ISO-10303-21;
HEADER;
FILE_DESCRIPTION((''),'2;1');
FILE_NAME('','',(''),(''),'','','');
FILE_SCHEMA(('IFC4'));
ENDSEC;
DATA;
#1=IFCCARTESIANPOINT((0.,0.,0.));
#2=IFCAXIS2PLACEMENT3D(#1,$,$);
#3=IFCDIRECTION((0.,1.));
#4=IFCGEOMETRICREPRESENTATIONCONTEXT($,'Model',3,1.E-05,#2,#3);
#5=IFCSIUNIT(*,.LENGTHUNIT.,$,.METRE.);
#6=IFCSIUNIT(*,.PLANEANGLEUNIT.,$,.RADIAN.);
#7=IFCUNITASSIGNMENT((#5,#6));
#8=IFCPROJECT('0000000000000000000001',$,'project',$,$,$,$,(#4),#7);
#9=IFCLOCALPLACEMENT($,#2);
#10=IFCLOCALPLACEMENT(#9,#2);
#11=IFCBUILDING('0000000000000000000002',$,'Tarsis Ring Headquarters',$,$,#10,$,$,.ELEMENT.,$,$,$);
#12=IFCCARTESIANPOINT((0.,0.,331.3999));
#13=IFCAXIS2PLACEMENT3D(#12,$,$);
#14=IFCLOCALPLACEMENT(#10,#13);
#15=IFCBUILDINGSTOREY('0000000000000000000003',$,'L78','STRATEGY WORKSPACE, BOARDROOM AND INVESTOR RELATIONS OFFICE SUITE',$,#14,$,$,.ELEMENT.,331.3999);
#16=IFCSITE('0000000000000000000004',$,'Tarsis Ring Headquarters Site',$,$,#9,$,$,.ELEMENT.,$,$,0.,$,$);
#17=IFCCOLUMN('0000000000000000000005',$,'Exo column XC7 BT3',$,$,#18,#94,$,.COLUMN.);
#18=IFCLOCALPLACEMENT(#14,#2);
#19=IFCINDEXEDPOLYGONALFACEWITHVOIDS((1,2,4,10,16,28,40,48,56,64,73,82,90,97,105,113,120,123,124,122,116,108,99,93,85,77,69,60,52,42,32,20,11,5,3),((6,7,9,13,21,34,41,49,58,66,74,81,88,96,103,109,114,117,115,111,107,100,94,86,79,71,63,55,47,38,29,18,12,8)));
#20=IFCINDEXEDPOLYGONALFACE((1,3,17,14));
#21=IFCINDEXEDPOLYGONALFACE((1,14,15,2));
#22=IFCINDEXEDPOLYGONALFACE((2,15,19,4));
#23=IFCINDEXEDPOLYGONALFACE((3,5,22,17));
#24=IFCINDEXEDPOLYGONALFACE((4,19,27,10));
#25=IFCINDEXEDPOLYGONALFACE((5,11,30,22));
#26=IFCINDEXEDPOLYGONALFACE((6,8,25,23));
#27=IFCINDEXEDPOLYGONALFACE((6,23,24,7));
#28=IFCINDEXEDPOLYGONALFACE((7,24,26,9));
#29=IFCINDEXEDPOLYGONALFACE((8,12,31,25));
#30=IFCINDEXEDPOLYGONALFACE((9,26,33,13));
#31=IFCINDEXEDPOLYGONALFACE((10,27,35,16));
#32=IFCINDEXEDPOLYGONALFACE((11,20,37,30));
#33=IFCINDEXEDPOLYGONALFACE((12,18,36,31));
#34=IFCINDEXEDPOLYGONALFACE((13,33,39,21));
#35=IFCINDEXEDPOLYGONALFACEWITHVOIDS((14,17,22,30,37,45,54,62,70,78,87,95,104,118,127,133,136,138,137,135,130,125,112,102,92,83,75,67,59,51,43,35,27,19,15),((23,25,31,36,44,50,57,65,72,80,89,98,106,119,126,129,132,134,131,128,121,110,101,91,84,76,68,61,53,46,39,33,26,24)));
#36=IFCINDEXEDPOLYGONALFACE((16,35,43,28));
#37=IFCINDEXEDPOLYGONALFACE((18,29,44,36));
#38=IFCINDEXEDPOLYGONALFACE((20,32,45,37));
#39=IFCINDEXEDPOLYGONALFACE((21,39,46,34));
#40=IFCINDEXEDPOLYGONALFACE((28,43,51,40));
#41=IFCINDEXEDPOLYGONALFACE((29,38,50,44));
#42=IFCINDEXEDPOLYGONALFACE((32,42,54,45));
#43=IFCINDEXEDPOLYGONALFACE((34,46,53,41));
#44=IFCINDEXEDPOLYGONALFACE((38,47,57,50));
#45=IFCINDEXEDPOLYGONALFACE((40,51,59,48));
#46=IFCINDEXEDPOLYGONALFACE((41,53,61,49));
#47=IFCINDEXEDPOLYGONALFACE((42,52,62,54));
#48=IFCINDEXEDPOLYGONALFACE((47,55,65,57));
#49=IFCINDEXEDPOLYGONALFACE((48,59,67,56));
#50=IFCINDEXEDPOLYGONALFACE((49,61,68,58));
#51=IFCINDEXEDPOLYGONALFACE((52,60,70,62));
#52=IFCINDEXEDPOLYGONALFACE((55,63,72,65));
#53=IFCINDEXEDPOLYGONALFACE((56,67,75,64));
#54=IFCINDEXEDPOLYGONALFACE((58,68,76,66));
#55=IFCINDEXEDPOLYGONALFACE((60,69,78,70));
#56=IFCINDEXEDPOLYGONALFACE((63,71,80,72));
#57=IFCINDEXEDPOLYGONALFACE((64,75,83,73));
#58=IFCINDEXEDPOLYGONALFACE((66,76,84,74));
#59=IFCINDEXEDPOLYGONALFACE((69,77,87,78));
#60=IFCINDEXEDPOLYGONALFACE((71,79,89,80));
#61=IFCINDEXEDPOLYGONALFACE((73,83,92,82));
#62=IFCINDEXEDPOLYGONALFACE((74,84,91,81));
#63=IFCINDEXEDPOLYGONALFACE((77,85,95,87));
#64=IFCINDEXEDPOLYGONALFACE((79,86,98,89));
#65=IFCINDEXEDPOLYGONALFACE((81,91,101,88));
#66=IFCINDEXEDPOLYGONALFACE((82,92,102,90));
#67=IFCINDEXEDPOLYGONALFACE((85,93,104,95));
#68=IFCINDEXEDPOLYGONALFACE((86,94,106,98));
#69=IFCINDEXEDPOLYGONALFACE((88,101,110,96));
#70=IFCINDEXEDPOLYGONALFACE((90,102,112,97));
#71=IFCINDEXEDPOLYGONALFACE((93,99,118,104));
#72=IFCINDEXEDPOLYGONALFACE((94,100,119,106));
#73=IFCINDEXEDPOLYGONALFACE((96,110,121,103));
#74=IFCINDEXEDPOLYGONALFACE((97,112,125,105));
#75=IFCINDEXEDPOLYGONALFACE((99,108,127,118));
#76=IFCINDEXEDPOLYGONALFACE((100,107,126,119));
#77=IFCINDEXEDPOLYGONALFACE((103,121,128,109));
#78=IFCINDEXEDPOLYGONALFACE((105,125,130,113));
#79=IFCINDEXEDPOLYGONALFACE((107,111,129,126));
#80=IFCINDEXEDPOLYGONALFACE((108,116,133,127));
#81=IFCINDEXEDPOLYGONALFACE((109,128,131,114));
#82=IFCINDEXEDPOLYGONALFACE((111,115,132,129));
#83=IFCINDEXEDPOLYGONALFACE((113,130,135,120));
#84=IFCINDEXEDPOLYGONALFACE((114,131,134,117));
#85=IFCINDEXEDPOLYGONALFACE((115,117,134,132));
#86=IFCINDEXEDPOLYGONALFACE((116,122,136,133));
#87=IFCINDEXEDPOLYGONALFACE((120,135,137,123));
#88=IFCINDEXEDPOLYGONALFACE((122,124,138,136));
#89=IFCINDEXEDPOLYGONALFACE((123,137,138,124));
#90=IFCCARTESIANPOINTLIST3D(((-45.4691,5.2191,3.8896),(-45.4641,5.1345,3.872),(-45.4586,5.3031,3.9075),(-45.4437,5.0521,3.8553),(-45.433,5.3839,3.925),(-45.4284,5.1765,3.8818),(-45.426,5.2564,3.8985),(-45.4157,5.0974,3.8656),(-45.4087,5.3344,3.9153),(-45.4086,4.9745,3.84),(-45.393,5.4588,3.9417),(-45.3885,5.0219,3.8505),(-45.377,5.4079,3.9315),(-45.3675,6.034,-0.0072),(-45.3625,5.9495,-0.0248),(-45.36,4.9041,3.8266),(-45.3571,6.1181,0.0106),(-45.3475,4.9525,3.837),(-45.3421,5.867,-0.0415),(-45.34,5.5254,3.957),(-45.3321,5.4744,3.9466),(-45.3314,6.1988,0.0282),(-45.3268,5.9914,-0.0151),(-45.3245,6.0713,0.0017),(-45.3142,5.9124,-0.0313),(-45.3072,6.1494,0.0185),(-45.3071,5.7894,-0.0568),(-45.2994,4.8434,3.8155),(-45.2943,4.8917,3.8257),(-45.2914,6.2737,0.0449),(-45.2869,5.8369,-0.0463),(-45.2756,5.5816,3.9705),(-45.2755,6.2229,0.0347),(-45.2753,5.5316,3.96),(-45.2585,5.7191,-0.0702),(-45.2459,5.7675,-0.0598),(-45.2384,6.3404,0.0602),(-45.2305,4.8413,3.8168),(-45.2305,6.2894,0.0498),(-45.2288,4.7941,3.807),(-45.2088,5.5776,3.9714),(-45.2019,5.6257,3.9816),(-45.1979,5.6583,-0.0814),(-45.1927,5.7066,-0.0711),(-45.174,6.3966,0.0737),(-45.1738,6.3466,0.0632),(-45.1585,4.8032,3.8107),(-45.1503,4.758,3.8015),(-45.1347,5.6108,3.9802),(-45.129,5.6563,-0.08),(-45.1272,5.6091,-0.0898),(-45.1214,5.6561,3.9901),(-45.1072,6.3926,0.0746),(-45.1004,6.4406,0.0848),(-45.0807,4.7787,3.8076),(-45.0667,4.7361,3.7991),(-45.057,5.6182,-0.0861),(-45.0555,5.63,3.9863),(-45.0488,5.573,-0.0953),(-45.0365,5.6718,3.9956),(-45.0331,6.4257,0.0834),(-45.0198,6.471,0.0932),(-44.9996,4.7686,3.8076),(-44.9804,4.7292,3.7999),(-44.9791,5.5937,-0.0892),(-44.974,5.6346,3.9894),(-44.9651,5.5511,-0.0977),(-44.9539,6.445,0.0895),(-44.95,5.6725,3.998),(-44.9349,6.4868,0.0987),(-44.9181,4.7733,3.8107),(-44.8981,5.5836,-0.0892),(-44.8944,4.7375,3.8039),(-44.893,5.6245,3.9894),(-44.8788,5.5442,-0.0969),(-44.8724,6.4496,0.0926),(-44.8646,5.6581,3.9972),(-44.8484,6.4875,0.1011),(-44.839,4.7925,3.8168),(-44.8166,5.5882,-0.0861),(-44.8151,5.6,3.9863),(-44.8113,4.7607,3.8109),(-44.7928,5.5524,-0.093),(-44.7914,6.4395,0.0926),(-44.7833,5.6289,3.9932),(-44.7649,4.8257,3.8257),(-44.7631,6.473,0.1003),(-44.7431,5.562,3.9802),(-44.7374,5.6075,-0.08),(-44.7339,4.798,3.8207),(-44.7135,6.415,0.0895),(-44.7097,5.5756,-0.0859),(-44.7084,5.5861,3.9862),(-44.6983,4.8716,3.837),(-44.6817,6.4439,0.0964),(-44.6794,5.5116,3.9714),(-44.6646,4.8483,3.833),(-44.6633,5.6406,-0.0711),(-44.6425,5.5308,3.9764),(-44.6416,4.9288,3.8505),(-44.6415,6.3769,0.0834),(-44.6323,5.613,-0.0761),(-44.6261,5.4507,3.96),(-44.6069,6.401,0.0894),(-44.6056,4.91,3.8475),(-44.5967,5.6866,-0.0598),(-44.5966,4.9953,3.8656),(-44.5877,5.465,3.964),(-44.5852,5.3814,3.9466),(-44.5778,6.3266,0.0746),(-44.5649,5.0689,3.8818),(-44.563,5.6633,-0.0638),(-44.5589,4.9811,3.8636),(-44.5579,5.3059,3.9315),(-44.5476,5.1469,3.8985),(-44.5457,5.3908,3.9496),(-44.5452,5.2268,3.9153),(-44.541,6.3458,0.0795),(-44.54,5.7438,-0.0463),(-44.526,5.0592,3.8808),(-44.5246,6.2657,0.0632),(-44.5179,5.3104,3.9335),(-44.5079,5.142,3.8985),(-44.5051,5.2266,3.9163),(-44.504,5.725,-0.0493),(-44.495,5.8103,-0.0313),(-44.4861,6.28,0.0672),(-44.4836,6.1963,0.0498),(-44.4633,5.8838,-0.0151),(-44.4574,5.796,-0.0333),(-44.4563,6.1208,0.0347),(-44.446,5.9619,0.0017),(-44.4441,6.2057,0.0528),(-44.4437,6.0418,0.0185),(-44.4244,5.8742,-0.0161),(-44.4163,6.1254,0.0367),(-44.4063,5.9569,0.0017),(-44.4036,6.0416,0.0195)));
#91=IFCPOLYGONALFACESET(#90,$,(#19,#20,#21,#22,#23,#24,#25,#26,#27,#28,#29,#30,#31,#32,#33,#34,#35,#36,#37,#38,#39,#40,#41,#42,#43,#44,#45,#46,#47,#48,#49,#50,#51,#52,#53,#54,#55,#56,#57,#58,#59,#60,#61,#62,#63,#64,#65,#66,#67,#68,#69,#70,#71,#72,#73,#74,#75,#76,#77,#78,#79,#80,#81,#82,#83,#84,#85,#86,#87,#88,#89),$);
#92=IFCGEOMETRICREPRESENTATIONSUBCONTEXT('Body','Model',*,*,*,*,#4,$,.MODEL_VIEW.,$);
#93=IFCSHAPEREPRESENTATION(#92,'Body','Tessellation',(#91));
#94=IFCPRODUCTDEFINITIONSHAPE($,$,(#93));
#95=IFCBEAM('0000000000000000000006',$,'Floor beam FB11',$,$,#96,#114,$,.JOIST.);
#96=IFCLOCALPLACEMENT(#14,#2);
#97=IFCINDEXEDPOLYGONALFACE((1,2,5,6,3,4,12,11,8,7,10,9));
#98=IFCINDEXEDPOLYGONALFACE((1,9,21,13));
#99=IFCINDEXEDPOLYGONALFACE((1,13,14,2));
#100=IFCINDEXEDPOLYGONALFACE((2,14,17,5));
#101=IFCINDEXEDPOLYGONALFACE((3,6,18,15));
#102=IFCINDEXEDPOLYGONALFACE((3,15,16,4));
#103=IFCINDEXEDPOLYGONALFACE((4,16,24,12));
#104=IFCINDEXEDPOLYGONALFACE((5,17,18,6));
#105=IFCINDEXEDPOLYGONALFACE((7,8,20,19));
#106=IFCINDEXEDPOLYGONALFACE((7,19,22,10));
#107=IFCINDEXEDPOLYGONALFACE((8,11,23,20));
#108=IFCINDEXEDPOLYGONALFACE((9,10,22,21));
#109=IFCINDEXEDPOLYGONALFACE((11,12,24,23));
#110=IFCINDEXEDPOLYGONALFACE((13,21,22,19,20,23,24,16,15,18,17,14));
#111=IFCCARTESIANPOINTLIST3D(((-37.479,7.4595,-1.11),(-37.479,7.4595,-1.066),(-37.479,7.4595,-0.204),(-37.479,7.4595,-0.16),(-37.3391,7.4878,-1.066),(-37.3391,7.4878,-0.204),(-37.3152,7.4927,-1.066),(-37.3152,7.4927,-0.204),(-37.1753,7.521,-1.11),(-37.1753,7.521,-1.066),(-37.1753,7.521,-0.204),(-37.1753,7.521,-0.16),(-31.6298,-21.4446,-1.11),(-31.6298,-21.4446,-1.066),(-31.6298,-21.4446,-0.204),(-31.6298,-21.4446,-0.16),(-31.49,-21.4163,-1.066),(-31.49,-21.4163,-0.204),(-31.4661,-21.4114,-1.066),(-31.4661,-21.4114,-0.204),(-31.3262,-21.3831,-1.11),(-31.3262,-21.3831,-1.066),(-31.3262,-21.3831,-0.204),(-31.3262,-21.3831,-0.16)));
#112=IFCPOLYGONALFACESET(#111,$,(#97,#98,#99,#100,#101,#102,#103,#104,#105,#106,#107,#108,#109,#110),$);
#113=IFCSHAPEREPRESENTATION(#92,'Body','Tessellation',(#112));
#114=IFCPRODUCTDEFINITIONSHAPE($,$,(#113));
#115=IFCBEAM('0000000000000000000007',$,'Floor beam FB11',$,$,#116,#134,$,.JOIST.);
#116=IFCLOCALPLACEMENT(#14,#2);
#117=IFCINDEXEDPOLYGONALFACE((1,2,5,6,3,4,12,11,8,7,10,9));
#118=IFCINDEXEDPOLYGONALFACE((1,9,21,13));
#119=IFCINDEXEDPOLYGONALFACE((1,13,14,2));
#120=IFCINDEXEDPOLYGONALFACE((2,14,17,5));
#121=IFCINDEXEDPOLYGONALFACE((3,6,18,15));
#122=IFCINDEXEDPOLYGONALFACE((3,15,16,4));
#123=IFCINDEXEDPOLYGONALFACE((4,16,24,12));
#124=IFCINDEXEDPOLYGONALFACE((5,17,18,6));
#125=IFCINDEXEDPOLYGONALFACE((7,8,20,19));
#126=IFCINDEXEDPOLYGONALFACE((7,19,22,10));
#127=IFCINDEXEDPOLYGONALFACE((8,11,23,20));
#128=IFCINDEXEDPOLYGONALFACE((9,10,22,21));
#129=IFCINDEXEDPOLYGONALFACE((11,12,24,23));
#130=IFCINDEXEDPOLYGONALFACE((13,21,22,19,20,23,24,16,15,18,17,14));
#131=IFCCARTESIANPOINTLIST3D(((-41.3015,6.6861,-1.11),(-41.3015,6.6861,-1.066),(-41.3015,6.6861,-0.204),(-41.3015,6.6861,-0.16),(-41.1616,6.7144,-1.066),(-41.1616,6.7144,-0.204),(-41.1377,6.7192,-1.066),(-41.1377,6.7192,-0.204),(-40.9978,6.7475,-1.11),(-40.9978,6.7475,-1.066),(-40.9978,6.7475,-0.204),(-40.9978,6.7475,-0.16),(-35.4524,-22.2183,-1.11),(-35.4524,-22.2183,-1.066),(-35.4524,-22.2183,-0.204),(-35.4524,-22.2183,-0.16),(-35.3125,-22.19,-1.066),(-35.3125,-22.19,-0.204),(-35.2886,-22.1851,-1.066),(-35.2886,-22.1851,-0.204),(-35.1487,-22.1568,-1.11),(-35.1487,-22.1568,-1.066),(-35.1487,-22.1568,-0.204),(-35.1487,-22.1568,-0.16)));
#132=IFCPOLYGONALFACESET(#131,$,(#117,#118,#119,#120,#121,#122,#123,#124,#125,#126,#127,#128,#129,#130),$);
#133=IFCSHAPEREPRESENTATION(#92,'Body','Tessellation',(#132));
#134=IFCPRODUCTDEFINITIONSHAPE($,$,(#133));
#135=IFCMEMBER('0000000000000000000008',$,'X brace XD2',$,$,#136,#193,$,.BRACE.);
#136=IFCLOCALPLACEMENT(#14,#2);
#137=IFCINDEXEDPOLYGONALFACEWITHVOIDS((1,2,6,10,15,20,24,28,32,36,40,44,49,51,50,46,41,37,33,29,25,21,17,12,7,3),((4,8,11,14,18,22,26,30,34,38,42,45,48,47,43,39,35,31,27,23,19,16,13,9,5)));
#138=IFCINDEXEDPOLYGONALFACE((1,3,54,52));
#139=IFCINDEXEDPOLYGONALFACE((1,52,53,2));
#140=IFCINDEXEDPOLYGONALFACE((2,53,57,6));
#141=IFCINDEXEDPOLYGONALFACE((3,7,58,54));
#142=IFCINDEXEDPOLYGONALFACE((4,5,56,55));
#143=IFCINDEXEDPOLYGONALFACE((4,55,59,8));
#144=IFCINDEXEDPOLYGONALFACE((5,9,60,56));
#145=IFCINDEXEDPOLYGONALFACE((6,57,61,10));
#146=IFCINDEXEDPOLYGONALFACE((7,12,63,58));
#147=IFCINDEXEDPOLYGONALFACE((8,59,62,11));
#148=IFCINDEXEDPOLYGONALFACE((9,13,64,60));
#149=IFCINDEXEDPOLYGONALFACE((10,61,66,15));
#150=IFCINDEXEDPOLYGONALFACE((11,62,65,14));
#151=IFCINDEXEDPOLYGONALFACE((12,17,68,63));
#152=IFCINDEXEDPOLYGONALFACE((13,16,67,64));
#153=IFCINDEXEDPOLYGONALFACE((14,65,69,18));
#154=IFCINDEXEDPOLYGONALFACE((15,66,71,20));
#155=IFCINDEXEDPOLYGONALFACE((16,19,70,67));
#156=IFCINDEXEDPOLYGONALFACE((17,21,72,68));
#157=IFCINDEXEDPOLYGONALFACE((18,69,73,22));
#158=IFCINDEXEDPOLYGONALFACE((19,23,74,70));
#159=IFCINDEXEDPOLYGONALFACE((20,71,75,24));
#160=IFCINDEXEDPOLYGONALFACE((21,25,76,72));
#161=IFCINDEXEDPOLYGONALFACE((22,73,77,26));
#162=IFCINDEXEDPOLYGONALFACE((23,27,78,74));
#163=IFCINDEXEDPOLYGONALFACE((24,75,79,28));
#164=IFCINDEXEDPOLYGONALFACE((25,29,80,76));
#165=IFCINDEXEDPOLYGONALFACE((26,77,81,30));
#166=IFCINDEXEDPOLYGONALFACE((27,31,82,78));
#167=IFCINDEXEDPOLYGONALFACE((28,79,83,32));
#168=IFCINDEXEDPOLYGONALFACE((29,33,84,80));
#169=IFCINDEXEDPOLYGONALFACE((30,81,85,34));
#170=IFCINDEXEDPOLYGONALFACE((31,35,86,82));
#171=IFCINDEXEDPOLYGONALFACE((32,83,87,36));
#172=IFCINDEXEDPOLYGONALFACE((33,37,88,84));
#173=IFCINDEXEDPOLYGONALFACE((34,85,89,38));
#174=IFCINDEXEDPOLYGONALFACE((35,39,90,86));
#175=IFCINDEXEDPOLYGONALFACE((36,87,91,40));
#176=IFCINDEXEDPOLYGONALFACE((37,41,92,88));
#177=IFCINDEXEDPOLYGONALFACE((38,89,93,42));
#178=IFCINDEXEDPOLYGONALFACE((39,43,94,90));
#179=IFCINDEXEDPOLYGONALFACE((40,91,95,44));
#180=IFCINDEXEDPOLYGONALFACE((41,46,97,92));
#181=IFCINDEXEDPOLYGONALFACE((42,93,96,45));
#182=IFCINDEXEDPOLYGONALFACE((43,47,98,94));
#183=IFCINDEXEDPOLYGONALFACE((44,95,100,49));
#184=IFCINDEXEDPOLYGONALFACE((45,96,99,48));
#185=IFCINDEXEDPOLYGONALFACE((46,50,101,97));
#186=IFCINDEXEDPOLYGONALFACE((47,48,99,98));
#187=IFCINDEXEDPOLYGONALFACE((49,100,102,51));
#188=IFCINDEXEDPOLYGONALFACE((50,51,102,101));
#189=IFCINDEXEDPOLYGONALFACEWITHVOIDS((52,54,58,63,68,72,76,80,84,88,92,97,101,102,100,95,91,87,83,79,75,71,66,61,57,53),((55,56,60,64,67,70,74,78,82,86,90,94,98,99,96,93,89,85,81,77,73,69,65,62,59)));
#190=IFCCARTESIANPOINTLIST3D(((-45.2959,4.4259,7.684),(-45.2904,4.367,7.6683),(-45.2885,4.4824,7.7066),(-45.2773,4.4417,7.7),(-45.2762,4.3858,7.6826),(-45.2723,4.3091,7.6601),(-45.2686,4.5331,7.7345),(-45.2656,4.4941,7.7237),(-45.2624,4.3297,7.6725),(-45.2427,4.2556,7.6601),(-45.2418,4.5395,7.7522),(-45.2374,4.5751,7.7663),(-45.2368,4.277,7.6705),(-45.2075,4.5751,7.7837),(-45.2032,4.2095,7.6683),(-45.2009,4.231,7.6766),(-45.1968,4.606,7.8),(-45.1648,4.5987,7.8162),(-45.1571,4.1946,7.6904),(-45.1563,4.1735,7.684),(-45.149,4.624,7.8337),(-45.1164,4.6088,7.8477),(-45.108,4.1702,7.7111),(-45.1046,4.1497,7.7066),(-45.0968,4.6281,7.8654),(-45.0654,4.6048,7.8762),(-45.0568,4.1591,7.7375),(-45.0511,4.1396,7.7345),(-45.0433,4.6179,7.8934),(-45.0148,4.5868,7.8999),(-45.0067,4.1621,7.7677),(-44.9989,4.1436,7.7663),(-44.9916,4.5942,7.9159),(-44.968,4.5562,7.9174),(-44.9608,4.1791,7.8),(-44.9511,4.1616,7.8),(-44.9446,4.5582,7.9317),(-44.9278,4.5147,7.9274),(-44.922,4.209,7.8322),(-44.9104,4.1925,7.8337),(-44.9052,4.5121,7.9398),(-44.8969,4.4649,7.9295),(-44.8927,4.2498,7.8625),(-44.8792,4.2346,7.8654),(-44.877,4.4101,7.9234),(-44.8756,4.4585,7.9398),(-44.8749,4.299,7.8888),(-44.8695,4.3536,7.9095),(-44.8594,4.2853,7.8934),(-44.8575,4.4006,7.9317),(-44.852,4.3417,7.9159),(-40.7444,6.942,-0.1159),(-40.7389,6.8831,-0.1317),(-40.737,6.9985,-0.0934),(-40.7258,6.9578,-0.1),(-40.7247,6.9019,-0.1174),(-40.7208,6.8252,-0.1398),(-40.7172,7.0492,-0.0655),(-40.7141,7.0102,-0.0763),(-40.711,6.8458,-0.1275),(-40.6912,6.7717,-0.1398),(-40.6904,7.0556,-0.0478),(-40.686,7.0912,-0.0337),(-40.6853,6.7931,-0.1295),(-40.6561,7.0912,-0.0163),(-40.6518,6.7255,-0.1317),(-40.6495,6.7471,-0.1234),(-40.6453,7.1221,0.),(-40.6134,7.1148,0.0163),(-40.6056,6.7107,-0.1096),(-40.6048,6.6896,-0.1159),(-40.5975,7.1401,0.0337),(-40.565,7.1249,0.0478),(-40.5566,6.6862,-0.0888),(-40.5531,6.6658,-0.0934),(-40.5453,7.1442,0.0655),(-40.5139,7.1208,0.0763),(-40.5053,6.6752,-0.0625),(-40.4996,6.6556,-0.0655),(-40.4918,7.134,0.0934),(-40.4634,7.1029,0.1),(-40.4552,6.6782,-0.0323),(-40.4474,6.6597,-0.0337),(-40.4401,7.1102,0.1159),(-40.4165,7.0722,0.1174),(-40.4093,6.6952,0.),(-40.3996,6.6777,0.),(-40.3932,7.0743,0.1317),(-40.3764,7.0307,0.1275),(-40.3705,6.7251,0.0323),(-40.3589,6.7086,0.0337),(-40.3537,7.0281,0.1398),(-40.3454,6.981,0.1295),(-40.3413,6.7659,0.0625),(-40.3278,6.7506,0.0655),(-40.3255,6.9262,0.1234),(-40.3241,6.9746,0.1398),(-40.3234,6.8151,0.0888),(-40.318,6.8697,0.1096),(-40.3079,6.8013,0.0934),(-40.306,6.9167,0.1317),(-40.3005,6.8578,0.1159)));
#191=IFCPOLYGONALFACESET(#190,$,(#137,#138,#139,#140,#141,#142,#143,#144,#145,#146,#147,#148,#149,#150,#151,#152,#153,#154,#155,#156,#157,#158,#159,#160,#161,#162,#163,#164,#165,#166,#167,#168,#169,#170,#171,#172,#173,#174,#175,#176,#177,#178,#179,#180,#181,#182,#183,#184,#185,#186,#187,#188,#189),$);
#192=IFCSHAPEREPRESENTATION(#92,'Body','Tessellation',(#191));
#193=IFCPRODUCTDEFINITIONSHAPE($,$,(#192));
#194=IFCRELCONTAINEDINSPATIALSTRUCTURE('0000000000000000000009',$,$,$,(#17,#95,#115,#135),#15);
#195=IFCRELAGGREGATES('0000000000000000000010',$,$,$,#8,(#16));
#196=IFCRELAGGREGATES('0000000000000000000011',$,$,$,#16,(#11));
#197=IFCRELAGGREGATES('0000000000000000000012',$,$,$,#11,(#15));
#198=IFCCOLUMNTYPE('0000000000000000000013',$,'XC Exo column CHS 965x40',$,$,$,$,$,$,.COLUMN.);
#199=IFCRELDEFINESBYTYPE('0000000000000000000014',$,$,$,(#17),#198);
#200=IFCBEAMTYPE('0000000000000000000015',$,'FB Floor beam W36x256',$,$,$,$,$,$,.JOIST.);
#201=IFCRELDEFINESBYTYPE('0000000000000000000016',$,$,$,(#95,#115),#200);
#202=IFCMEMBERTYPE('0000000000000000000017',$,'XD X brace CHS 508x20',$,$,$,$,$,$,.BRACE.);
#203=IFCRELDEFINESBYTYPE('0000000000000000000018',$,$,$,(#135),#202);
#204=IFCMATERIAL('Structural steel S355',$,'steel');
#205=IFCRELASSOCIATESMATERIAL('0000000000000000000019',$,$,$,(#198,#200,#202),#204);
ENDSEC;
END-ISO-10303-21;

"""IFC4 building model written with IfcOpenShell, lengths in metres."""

from ifc_helpers import new_model, si_unit, direction, frame, origin, origin_2d, place, context, subcontext, project, spatial, hollow_circle, i_section, extrude, material, material_profile, profile_set, type_object, element, save


model = new_model("IFC4")

# Units and contexts
model_context = context("Model", 3, precision=1e-05, world=origin(), true_north=direction((0.0, 1.0)))
body_context = subcontext(model_context, "Body", "Model", "MODEL_VIEW")
ifc_project = project(units=[si_unit("LENGTHUNIT", "METRE"), si_unit("PLANEANGLEUNIT", "RADIAN")], contexts=[model_context])

# Site, building, storey
site_placement = place(None, origin())
site = spatial("IfcSite", under=ifc_project, at=site_placement, Name="Tarsis Ring Headquarters Site", CompositionType="ELEMENT", RefElevation=0.0)
building_placement = place(site_placement, origin())
building = spatial("IfcBuilding", under=site, at=building_placement, Name="Tarsis Ring Headquarters", CompositionType="ELEMENT")
storey_placement = place(building_placement, frame((0.0, 0.0, 331.3999)))
storey = spatial("IfcBuildingStorey", under=building, at=storey_placement, Name="L78", Description="STRATEGY WORKSPACE, BOARDROOM AND INVESTOR RELATIONS OFFICE SUITE", CompositionType="ELEMENT", Elevation=331.3999)

# Column
ifc_material_1 = material(Name="Structural steel S355", Category="steel")
ifc_material_profile_1 = material_profile(ifc_material_1, hollow_circle(Radius=0.4827, WallThickness=0.04, at=origin_2d()), Name="CHS 965x40")
ifc_profile_set_1 = profile_set([ifc_material_profile_1], Name="Structural steel S355")
column_type = type_object("IfcColumnType", Name="XC Exo column CHS 965x40", PredefinedType="COLUMN", material=ifc_profile_set_1)
column_placement = place(storey_placement, frame((-44.8853, 6.0166, 0.0017), z_axis=(-0.025503, -0.204639, 0.978505), x_axis=(0.992324, -0.123669, 0.0)))
element("IfcColumn", 1, at=column_placement, inside=storey, type_object=column_type, Name="Exo column XC7 BT3", PredefinedType="COLUMN", context=body_context, shape_type="SweptSolid", body=[
    extrude(hollow_circle(Radius=0.4827, WallThickness=0.04, at=origin_2d()), origin(), (0.0, 0.0, 1.0), 3.9824),
])

# Beams
ifc_material_profile_2 = material_profile(ifc_material_1, i_section(OverallWidth=0.3098, OverallDepth=0.95, WebThickness=0.0244, FlangeThickness=0.0439, at=origin_2d()), Name="W36x256")
ifc_profile_set_2 = profile_set([ifc_material_profile_2], Name="Structural steel S355")
beam_type_1 = type_object("IfcBeamType", Name="FB Floor beam W36x256", PredefinedType="JOIST", material=ifc_profile_set_2)
beam_1_placement = place(storey_placement, frame((-37.3271, 7.4902, -0.635), z_axis=(0.198343, -0.980133, 0.0), x_axis=(0.980133, 0.198343, 0.0)))
element("IfcBeam", 2, at=beam_1_placement, inside=storey, type_object=beam_type_1, Name="Floor beam FB11", PredefinedType="JOIST", context=body_context, shape_type="SweptSolid", body=[
    extrude(i_section(OverallWidth=0.3098, OverallDepth=0.95, WebThickness=0.0244, FlangeThickness=0.0439, at=origin_2d()), origin(), (0.0, 0.0, 1.0), 29.49),
])
beam_2_placement = place(storey_placement, frame((-41.1497, 6.7168, -0.635), z_axis=(0.198341, -0.980133, 0.0), x_axis=(0.980133, 0.198341, 0.0)))
element("IfcBeam", 3, at=beam_2_placement, inside=storey, type_object=beam_type_1, Name="Floor beam FB11", PredefinedType="JOIST", context=body_context, shape_type="SweptSolid", body=[
    extrude(i_section(OverallWidth=0.3098, OverallDepth=0.95, WebThickness=0.0244, FlangeThickness=0.0439, at=origin_2d()), origin(), (0.0, 0.0, 1.0), 29.4902),
])

# Member
ifc_material_profile_3 = material_profile(ifc_material_1, hollow_circle(Radius=0.2539, WallThickness=0.02, at=origin_2d()), Name="CHS 508x20")
ifc_profile_set_3 = profile_set([ifc_material_profile_3], Name="Structural steel S355")
member_type = type_object("IfcMemberType", Name="XD X brace CHS 508x20", PredefinedType="BRACE", material=ifc_profile_set_3)
member_1_placement = place(storey_placement, frame((-40.5225, 6.8999, 0.0), z_axis=(-0.485502, -0.26839, 0.832018), x_axis=(0.483804, -0.875176, 0.0)))
element("IfcMember", 4, at=member_1_placement, inside=storey, type_object=member_type, Name="X brace XD2", PredefinedType="BRACE", context=body_context, shape_type="SweptSolid", body=[
    extrude(hollow_circle(Radius=0.2539, WallThickness=0.02, at=origin_2d()), origin(), (0.0, 0.0, 1.0), 9.3748),
])

save(model, "model.ifc")
